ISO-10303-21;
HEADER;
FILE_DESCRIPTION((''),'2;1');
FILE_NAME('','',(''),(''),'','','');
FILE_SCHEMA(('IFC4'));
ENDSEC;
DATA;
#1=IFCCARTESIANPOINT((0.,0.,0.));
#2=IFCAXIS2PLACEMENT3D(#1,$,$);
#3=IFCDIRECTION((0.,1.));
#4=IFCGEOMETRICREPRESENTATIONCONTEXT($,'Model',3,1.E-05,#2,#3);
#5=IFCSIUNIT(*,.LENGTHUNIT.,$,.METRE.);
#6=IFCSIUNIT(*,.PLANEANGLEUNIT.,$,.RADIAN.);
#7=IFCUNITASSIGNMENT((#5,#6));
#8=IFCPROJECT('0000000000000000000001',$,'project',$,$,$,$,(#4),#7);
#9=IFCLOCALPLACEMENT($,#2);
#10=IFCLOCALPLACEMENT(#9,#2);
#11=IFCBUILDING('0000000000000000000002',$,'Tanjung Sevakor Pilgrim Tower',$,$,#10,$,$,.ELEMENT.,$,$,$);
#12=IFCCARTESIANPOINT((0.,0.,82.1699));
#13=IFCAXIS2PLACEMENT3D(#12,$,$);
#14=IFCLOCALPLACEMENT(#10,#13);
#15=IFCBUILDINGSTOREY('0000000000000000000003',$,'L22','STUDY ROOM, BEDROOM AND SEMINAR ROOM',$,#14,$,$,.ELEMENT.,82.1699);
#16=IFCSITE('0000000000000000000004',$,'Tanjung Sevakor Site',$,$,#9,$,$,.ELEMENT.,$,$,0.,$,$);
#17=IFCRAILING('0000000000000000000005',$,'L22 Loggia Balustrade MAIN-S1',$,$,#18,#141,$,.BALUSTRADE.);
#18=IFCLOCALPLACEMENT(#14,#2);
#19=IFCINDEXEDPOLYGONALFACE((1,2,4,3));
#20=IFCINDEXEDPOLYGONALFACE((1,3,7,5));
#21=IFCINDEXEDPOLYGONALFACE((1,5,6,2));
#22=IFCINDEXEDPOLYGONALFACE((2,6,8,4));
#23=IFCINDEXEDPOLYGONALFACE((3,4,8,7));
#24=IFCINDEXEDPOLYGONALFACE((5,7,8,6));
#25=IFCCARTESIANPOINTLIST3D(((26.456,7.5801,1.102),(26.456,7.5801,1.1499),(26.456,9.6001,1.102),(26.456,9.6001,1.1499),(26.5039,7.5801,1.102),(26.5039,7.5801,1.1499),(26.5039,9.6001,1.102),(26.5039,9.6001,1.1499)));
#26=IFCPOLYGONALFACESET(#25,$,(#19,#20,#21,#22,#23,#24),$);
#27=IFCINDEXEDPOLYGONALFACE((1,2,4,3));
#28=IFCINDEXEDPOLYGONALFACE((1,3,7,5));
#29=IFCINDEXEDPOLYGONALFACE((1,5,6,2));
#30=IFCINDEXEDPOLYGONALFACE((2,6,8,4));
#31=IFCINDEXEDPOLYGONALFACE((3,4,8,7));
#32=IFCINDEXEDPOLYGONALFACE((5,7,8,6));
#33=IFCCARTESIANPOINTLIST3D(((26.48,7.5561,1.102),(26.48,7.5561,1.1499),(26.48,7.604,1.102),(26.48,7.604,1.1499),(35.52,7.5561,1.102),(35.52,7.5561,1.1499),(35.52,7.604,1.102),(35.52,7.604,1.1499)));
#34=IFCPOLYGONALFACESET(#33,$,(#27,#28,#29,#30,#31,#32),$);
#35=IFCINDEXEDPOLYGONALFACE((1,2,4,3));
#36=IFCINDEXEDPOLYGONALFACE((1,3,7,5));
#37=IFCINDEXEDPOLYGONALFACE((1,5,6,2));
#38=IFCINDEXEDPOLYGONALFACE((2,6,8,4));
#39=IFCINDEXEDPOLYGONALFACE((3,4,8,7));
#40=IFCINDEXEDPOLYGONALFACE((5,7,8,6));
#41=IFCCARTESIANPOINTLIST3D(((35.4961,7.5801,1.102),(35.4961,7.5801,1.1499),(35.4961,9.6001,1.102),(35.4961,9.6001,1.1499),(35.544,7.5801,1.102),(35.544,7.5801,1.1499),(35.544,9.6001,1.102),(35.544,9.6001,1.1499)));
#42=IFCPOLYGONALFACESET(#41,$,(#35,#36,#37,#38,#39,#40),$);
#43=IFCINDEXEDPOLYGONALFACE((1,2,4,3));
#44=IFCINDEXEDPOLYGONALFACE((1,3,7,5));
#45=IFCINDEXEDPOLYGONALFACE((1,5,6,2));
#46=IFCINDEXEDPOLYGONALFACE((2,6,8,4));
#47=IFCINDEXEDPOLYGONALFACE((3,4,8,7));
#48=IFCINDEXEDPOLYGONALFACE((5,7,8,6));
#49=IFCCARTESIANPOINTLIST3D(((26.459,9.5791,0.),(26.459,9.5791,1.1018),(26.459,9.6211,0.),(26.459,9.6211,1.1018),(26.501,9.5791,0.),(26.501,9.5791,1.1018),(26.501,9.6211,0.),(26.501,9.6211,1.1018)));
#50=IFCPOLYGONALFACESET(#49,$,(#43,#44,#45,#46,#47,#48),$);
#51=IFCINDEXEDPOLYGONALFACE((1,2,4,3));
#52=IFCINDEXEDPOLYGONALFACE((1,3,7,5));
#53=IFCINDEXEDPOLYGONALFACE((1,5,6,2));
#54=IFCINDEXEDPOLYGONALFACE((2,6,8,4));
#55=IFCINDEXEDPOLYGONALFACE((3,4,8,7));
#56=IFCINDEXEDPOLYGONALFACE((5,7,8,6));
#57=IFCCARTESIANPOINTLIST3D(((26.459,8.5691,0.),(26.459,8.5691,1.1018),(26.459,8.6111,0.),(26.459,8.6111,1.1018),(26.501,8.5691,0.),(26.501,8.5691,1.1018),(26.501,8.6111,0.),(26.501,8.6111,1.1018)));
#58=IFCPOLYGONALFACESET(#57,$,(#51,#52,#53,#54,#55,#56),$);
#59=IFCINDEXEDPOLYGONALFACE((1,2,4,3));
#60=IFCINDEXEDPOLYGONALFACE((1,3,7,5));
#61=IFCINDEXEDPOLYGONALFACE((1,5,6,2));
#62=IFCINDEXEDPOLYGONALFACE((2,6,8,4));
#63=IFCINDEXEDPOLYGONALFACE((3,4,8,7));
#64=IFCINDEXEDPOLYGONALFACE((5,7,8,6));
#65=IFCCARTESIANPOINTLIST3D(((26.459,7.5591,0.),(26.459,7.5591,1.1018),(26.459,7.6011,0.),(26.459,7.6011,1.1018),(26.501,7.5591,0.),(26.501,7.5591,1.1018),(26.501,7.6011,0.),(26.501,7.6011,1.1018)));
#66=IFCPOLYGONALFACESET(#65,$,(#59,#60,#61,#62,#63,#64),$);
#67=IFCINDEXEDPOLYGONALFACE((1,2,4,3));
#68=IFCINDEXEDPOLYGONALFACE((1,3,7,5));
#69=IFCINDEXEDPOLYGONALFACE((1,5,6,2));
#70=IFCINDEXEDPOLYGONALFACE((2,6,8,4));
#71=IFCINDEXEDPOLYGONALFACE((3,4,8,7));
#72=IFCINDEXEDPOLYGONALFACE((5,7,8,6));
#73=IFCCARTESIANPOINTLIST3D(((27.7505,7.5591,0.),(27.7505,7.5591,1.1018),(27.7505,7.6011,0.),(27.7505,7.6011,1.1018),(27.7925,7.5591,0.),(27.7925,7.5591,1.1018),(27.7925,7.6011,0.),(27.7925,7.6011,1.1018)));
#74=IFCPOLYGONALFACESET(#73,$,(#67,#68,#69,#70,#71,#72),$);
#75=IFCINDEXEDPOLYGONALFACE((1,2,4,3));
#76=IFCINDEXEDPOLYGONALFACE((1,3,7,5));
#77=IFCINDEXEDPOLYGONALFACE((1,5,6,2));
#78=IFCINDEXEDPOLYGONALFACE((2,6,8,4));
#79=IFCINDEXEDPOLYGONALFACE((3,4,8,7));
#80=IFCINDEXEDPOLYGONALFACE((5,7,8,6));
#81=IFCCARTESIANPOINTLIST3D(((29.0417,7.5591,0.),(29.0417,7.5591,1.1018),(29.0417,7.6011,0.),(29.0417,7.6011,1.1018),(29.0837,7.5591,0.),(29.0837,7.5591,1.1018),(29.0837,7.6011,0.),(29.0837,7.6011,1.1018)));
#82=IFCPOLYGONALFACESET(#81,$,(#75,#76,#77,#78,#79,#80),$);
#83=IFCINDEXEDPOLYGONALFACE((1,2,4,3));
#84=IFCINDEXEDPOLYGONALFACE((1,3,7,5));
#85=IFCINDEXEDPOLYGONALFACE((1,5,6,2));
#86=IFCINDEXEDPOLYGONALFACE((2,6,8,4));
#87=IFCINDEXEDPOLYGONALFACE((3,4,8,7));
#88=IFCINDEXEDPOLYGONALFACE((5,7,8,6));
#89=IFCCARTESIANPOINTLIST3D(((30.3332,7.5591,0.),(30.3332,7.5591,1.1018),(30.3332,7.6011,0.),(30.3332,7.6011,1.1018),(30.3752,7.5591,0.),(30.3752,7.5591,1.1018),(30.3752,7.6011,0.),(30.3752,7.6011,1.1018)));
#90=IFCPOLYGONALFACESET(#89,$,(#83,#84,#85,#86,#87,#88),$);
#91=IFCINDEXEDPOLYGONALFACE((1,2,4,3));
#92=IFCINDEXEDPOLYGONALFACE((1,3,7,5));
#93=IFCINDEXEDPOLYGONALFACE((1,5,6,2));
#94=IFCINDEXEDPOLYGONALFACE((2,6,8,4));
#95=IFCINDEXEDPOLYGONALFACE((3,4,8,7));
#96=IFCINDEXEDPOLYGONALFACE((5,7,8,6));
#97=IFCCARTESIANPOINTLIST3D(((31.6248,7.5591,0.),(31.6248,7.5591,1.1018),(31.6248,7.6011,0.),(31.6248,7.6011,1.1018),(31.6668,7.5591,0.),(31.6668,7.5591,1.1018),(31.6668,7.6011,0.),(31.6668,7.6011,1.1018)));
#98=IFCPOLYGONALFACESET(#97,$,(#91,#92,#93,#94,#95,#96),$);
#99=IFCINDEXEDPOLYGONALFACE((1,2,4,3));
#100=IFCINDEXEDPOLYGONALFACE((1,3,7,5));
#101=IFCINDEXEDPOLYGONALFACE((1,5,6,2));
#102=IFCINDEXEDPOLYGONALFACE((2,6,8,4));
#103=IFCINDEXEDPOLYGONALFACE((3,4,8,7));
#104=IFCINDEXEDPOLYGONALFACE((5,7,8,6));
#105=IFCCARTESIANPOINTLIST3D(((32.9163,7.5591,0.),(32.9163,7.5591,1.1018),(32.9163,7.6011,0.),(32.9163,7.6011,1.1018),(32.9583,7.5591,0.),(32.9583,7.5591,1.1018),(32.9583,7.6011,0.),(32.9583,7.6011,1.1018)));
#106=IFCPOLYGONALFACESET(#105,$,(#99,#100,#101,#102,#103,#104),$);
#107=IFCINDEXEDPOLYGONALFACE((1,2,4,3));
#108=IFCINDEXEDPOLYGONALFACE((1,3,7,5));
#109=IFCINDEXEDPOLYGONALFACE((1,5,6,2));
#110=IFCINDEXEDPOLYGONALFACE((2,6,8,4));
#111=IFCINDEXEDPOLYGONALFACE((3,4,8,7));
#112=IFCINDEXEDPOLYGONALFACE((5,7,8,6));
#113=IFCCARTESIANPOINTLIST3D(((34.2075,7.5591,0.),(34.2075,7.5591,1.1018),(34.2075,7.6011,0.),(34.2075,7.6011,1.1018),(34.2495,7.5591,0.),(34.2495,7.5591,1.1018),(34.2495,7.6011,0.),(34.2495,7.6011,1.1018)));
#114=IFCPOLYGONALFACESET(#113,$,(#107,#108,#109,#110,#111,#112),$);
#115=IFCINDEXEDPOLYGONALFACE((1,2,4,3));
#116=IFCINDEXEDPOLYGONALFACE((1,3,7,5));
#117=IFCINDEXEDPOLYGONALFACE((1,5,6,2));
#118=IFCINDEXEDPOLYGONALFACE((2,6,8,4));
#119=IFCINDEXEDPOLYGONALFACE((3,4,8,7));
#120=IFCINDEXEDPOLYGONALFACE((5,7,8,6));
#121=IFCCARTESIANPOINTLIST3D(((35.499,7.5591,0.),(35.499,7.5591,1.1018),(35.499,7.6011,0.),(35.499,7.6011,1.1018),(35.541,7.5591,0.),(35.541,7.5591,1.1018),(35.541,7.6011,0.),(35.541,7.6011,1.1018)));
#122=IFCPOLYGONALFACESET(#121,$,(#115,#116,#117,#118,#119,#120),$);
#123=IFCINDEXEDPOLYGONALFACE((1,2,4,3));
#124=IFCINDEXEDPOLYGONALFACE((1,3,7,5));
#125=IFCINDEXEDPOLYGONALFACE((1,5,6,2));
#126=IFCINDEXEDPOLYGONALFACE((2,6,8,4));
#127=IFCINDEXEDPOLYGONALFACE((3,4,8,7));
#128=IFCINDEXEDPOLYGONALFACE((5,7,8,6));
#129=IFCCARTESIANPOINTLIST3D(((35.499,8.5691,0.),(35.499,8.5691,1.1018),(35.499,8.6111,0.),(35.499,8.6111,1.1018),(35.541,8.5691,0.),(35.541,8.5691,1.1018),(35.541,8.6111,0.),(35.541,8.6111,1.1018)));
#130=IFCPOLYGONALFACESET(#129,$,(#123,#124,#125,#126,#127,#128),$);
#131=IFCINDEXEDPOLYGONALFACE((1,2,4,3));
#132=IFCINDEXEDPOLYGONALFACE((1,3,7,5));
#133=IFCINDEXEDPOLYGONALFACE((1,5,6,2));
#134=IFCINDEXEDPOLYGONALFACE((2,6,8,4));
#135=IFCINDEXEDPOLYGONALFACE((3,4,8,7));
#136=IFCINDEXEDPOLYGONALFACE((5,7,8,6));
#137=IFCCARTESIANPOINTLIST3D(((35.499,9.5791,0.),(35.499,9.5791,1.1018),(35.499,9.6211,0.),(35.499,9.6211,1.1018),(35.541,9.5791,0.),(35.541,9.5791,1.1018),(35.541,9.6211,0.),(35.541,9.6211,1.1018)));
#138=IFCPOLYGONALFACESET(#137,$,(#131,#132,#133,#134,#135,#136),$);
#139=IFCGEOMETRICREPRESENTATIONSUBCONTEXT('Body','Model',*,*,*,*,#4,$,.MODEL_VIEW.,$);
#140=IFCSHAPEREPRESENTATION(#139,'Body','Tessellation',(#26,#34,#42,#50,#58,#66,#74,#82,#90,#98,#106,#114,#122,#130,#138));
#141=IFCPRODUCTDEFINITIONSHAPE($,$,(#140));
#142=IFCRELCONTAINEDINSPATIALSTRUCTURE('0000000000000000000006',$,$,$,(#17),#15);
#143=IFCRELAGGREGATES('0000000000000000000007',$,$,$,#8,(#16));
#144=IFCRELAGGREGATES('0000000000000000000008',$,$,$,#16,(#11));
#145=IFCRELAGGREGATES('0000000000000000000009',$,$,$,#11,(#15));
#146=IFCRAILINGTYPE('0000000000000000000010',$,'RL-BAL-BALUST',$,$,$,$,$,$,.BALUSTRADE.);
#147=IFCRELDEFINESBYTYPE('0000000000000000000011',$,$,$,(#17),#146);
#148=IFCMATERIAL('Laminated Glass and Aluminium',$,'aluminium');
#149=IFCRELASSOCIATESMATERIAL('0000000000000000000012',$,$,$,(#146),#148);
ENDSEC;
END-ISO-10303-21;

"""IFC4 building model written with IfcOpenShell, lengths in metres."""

from ifc_helpers import new_model, si_unit, direction, frame, origin, place, context, subcontext, project, spatial, rectangle, extrude, material, type_object, element, save


model = new_model("IFC4")

# Units and contexts
model_context = context("Model", 3, precision=1e-05, world=origin(), true_north=direction((0.0, 1.0)))
body_context = subcontext(model_context, "Body", "Model", "MODEL_VIEW")
ifc_project = project(units=[si_unit("LENGTHUNIT", "METRE"), si_unit("PLANEANGLEUNIT", "RADIAN")], contexts=[model_context])

# Site, building, storey
site_placement = place(None, origin())
site = spatial("IfcSite", under=ifc_project, at=site_placement, Name="Tanjung Sevakor Site", CompositionType="ELEMENT", RefElevation=0.0)
building_placement = place(site_placement, origin())
building = spatial("IfcBuilding", under=site, at=building_placement, Name="Tanjung Sevakor Pilgrim Tower", CompositionType="ELEMENT")
storey_placement = place(building_placement, frame((0.0, 0.0, 82.1699)))
storey = spatial("IfcBuildingStorey", under=building, at=storey_placement, Name="L22", Description="STUDY ROOM, BEDROOM AND SEMINAR ROOM", CompositionType="ELEMENT", Elevation=82.1699)

# Railing
ifc_material_1 = material(Name="Laminated Glass and Aluminium", Category="aluminium")
railing_type = type_object("IfcRailingType", Name="RL-BAL-BALUST", PredefinedType="BALUSTRADE", material=ifc_material_1)
railing_placement = place(storey_placement, frame((26.48, 9.6001, 0.0)))
element("IfcRailing", 1, at=railing_placement, inside=storey, type_object=railing_type, Name="L22 Loggia Balustrade MAIN-S1", PredefinedType="BALUSTRADE", context=body_context, shape_type="SweptSolid", body=[
    extrude(rectangle(XDim=0.0479, YDim=0.0479), frame((0.0, 0.0, 1.126), z_axis=(0.0, -1.0, 0.0), x_axis=(1.0, 0.0, 0.0)), (0.0, 0.0, 1.0), 2.02),
    extrude(rectangle(XDim=0.0479, YDim=0.0479), frame((0.0, -2.02, 1.126), z_axis=(1.0, 0.0, 0.0), x_axis=(0.0, 1.0, 0.0)), (0.0, 0.0, 1.0), 9.04),
    extrude(rectangle(XDim=0.0479, YDim=0.0479), frame((9.04, -2.02, 1.126), z_axis=(0.0, 1.0, 0.0), x_axis=(-1.0, 0.0, 0.0)), (0.0, 0.0, 1.0), 2.02),
    extrude(rectangle(XDim=0.042, YDim=0.042), origin(), (0.0, 0.0, 1.0), 1.1018),
    extrude(rectangle(XDim=0.042, YDim=0.042), frame((0.0, -1.01, 0.0)), (0.0, 0.0, 1.0), 1.1018),
    extrude(rectangle(XDim=0.042, YDim=0.042), frame((0.0, -2.02, 0.0)), (0.0, 0.0, 1.0), 1.1018),
    extrude(rectangle(XDim=0.042, YDim=0.042), frame((1.2915, -2.02, 0.0)), (0.0, 0.0, 1.0), 1.1018),
    extrude(rectangle(XDim=0.042, YDim=0.042), frame((2.5828, -2.02, 0.0)), (0.0, 0.0, 1.0), 1.1018),
    extrude(rectangle(XDim=0.042, YDim=0.042), frame((3.8743, -2.02, 0.0)), (0.0, 0.0, 1.0), 1.1018),
    extrude(rectangle(XDim=0.042, YDim=0.042), frame((5.1658, -2.02, 0.0)), (0.0, 0.0, 1.0), 1.1018),
    extrude(rectangle(XDim=0.042, YDim=0.042), frame((6.4573, -2.02, 0.0)), (0.0, 0.0, 1.0), 1.1018),
    extrude(rectangle(XDim=0.042, YDim=0.042), frame((7.7485, -2.02, 0.0)), (0.0, 0.0, 1.0), 1.1018),
    extrude(rectangle(XDim=0.042, YDim=0.042), frame((9.04, -2.02, 0.0)), (0.0, 0.0, 1.0), 1.1018),
    extrude(rectangle(XDim=0.042, YDim=0.042), frame((9.04, -1.01, 0.0)), (0.0, 0.0, 1.0), 1.1018),
    extrude(rectangle(XDim=0.042, YDim=0.042), frame((9.04, 0.0, 0.0)), (0.0, 0.0, 1.0), 1.1018),
])

save(model, "model.ifc")
